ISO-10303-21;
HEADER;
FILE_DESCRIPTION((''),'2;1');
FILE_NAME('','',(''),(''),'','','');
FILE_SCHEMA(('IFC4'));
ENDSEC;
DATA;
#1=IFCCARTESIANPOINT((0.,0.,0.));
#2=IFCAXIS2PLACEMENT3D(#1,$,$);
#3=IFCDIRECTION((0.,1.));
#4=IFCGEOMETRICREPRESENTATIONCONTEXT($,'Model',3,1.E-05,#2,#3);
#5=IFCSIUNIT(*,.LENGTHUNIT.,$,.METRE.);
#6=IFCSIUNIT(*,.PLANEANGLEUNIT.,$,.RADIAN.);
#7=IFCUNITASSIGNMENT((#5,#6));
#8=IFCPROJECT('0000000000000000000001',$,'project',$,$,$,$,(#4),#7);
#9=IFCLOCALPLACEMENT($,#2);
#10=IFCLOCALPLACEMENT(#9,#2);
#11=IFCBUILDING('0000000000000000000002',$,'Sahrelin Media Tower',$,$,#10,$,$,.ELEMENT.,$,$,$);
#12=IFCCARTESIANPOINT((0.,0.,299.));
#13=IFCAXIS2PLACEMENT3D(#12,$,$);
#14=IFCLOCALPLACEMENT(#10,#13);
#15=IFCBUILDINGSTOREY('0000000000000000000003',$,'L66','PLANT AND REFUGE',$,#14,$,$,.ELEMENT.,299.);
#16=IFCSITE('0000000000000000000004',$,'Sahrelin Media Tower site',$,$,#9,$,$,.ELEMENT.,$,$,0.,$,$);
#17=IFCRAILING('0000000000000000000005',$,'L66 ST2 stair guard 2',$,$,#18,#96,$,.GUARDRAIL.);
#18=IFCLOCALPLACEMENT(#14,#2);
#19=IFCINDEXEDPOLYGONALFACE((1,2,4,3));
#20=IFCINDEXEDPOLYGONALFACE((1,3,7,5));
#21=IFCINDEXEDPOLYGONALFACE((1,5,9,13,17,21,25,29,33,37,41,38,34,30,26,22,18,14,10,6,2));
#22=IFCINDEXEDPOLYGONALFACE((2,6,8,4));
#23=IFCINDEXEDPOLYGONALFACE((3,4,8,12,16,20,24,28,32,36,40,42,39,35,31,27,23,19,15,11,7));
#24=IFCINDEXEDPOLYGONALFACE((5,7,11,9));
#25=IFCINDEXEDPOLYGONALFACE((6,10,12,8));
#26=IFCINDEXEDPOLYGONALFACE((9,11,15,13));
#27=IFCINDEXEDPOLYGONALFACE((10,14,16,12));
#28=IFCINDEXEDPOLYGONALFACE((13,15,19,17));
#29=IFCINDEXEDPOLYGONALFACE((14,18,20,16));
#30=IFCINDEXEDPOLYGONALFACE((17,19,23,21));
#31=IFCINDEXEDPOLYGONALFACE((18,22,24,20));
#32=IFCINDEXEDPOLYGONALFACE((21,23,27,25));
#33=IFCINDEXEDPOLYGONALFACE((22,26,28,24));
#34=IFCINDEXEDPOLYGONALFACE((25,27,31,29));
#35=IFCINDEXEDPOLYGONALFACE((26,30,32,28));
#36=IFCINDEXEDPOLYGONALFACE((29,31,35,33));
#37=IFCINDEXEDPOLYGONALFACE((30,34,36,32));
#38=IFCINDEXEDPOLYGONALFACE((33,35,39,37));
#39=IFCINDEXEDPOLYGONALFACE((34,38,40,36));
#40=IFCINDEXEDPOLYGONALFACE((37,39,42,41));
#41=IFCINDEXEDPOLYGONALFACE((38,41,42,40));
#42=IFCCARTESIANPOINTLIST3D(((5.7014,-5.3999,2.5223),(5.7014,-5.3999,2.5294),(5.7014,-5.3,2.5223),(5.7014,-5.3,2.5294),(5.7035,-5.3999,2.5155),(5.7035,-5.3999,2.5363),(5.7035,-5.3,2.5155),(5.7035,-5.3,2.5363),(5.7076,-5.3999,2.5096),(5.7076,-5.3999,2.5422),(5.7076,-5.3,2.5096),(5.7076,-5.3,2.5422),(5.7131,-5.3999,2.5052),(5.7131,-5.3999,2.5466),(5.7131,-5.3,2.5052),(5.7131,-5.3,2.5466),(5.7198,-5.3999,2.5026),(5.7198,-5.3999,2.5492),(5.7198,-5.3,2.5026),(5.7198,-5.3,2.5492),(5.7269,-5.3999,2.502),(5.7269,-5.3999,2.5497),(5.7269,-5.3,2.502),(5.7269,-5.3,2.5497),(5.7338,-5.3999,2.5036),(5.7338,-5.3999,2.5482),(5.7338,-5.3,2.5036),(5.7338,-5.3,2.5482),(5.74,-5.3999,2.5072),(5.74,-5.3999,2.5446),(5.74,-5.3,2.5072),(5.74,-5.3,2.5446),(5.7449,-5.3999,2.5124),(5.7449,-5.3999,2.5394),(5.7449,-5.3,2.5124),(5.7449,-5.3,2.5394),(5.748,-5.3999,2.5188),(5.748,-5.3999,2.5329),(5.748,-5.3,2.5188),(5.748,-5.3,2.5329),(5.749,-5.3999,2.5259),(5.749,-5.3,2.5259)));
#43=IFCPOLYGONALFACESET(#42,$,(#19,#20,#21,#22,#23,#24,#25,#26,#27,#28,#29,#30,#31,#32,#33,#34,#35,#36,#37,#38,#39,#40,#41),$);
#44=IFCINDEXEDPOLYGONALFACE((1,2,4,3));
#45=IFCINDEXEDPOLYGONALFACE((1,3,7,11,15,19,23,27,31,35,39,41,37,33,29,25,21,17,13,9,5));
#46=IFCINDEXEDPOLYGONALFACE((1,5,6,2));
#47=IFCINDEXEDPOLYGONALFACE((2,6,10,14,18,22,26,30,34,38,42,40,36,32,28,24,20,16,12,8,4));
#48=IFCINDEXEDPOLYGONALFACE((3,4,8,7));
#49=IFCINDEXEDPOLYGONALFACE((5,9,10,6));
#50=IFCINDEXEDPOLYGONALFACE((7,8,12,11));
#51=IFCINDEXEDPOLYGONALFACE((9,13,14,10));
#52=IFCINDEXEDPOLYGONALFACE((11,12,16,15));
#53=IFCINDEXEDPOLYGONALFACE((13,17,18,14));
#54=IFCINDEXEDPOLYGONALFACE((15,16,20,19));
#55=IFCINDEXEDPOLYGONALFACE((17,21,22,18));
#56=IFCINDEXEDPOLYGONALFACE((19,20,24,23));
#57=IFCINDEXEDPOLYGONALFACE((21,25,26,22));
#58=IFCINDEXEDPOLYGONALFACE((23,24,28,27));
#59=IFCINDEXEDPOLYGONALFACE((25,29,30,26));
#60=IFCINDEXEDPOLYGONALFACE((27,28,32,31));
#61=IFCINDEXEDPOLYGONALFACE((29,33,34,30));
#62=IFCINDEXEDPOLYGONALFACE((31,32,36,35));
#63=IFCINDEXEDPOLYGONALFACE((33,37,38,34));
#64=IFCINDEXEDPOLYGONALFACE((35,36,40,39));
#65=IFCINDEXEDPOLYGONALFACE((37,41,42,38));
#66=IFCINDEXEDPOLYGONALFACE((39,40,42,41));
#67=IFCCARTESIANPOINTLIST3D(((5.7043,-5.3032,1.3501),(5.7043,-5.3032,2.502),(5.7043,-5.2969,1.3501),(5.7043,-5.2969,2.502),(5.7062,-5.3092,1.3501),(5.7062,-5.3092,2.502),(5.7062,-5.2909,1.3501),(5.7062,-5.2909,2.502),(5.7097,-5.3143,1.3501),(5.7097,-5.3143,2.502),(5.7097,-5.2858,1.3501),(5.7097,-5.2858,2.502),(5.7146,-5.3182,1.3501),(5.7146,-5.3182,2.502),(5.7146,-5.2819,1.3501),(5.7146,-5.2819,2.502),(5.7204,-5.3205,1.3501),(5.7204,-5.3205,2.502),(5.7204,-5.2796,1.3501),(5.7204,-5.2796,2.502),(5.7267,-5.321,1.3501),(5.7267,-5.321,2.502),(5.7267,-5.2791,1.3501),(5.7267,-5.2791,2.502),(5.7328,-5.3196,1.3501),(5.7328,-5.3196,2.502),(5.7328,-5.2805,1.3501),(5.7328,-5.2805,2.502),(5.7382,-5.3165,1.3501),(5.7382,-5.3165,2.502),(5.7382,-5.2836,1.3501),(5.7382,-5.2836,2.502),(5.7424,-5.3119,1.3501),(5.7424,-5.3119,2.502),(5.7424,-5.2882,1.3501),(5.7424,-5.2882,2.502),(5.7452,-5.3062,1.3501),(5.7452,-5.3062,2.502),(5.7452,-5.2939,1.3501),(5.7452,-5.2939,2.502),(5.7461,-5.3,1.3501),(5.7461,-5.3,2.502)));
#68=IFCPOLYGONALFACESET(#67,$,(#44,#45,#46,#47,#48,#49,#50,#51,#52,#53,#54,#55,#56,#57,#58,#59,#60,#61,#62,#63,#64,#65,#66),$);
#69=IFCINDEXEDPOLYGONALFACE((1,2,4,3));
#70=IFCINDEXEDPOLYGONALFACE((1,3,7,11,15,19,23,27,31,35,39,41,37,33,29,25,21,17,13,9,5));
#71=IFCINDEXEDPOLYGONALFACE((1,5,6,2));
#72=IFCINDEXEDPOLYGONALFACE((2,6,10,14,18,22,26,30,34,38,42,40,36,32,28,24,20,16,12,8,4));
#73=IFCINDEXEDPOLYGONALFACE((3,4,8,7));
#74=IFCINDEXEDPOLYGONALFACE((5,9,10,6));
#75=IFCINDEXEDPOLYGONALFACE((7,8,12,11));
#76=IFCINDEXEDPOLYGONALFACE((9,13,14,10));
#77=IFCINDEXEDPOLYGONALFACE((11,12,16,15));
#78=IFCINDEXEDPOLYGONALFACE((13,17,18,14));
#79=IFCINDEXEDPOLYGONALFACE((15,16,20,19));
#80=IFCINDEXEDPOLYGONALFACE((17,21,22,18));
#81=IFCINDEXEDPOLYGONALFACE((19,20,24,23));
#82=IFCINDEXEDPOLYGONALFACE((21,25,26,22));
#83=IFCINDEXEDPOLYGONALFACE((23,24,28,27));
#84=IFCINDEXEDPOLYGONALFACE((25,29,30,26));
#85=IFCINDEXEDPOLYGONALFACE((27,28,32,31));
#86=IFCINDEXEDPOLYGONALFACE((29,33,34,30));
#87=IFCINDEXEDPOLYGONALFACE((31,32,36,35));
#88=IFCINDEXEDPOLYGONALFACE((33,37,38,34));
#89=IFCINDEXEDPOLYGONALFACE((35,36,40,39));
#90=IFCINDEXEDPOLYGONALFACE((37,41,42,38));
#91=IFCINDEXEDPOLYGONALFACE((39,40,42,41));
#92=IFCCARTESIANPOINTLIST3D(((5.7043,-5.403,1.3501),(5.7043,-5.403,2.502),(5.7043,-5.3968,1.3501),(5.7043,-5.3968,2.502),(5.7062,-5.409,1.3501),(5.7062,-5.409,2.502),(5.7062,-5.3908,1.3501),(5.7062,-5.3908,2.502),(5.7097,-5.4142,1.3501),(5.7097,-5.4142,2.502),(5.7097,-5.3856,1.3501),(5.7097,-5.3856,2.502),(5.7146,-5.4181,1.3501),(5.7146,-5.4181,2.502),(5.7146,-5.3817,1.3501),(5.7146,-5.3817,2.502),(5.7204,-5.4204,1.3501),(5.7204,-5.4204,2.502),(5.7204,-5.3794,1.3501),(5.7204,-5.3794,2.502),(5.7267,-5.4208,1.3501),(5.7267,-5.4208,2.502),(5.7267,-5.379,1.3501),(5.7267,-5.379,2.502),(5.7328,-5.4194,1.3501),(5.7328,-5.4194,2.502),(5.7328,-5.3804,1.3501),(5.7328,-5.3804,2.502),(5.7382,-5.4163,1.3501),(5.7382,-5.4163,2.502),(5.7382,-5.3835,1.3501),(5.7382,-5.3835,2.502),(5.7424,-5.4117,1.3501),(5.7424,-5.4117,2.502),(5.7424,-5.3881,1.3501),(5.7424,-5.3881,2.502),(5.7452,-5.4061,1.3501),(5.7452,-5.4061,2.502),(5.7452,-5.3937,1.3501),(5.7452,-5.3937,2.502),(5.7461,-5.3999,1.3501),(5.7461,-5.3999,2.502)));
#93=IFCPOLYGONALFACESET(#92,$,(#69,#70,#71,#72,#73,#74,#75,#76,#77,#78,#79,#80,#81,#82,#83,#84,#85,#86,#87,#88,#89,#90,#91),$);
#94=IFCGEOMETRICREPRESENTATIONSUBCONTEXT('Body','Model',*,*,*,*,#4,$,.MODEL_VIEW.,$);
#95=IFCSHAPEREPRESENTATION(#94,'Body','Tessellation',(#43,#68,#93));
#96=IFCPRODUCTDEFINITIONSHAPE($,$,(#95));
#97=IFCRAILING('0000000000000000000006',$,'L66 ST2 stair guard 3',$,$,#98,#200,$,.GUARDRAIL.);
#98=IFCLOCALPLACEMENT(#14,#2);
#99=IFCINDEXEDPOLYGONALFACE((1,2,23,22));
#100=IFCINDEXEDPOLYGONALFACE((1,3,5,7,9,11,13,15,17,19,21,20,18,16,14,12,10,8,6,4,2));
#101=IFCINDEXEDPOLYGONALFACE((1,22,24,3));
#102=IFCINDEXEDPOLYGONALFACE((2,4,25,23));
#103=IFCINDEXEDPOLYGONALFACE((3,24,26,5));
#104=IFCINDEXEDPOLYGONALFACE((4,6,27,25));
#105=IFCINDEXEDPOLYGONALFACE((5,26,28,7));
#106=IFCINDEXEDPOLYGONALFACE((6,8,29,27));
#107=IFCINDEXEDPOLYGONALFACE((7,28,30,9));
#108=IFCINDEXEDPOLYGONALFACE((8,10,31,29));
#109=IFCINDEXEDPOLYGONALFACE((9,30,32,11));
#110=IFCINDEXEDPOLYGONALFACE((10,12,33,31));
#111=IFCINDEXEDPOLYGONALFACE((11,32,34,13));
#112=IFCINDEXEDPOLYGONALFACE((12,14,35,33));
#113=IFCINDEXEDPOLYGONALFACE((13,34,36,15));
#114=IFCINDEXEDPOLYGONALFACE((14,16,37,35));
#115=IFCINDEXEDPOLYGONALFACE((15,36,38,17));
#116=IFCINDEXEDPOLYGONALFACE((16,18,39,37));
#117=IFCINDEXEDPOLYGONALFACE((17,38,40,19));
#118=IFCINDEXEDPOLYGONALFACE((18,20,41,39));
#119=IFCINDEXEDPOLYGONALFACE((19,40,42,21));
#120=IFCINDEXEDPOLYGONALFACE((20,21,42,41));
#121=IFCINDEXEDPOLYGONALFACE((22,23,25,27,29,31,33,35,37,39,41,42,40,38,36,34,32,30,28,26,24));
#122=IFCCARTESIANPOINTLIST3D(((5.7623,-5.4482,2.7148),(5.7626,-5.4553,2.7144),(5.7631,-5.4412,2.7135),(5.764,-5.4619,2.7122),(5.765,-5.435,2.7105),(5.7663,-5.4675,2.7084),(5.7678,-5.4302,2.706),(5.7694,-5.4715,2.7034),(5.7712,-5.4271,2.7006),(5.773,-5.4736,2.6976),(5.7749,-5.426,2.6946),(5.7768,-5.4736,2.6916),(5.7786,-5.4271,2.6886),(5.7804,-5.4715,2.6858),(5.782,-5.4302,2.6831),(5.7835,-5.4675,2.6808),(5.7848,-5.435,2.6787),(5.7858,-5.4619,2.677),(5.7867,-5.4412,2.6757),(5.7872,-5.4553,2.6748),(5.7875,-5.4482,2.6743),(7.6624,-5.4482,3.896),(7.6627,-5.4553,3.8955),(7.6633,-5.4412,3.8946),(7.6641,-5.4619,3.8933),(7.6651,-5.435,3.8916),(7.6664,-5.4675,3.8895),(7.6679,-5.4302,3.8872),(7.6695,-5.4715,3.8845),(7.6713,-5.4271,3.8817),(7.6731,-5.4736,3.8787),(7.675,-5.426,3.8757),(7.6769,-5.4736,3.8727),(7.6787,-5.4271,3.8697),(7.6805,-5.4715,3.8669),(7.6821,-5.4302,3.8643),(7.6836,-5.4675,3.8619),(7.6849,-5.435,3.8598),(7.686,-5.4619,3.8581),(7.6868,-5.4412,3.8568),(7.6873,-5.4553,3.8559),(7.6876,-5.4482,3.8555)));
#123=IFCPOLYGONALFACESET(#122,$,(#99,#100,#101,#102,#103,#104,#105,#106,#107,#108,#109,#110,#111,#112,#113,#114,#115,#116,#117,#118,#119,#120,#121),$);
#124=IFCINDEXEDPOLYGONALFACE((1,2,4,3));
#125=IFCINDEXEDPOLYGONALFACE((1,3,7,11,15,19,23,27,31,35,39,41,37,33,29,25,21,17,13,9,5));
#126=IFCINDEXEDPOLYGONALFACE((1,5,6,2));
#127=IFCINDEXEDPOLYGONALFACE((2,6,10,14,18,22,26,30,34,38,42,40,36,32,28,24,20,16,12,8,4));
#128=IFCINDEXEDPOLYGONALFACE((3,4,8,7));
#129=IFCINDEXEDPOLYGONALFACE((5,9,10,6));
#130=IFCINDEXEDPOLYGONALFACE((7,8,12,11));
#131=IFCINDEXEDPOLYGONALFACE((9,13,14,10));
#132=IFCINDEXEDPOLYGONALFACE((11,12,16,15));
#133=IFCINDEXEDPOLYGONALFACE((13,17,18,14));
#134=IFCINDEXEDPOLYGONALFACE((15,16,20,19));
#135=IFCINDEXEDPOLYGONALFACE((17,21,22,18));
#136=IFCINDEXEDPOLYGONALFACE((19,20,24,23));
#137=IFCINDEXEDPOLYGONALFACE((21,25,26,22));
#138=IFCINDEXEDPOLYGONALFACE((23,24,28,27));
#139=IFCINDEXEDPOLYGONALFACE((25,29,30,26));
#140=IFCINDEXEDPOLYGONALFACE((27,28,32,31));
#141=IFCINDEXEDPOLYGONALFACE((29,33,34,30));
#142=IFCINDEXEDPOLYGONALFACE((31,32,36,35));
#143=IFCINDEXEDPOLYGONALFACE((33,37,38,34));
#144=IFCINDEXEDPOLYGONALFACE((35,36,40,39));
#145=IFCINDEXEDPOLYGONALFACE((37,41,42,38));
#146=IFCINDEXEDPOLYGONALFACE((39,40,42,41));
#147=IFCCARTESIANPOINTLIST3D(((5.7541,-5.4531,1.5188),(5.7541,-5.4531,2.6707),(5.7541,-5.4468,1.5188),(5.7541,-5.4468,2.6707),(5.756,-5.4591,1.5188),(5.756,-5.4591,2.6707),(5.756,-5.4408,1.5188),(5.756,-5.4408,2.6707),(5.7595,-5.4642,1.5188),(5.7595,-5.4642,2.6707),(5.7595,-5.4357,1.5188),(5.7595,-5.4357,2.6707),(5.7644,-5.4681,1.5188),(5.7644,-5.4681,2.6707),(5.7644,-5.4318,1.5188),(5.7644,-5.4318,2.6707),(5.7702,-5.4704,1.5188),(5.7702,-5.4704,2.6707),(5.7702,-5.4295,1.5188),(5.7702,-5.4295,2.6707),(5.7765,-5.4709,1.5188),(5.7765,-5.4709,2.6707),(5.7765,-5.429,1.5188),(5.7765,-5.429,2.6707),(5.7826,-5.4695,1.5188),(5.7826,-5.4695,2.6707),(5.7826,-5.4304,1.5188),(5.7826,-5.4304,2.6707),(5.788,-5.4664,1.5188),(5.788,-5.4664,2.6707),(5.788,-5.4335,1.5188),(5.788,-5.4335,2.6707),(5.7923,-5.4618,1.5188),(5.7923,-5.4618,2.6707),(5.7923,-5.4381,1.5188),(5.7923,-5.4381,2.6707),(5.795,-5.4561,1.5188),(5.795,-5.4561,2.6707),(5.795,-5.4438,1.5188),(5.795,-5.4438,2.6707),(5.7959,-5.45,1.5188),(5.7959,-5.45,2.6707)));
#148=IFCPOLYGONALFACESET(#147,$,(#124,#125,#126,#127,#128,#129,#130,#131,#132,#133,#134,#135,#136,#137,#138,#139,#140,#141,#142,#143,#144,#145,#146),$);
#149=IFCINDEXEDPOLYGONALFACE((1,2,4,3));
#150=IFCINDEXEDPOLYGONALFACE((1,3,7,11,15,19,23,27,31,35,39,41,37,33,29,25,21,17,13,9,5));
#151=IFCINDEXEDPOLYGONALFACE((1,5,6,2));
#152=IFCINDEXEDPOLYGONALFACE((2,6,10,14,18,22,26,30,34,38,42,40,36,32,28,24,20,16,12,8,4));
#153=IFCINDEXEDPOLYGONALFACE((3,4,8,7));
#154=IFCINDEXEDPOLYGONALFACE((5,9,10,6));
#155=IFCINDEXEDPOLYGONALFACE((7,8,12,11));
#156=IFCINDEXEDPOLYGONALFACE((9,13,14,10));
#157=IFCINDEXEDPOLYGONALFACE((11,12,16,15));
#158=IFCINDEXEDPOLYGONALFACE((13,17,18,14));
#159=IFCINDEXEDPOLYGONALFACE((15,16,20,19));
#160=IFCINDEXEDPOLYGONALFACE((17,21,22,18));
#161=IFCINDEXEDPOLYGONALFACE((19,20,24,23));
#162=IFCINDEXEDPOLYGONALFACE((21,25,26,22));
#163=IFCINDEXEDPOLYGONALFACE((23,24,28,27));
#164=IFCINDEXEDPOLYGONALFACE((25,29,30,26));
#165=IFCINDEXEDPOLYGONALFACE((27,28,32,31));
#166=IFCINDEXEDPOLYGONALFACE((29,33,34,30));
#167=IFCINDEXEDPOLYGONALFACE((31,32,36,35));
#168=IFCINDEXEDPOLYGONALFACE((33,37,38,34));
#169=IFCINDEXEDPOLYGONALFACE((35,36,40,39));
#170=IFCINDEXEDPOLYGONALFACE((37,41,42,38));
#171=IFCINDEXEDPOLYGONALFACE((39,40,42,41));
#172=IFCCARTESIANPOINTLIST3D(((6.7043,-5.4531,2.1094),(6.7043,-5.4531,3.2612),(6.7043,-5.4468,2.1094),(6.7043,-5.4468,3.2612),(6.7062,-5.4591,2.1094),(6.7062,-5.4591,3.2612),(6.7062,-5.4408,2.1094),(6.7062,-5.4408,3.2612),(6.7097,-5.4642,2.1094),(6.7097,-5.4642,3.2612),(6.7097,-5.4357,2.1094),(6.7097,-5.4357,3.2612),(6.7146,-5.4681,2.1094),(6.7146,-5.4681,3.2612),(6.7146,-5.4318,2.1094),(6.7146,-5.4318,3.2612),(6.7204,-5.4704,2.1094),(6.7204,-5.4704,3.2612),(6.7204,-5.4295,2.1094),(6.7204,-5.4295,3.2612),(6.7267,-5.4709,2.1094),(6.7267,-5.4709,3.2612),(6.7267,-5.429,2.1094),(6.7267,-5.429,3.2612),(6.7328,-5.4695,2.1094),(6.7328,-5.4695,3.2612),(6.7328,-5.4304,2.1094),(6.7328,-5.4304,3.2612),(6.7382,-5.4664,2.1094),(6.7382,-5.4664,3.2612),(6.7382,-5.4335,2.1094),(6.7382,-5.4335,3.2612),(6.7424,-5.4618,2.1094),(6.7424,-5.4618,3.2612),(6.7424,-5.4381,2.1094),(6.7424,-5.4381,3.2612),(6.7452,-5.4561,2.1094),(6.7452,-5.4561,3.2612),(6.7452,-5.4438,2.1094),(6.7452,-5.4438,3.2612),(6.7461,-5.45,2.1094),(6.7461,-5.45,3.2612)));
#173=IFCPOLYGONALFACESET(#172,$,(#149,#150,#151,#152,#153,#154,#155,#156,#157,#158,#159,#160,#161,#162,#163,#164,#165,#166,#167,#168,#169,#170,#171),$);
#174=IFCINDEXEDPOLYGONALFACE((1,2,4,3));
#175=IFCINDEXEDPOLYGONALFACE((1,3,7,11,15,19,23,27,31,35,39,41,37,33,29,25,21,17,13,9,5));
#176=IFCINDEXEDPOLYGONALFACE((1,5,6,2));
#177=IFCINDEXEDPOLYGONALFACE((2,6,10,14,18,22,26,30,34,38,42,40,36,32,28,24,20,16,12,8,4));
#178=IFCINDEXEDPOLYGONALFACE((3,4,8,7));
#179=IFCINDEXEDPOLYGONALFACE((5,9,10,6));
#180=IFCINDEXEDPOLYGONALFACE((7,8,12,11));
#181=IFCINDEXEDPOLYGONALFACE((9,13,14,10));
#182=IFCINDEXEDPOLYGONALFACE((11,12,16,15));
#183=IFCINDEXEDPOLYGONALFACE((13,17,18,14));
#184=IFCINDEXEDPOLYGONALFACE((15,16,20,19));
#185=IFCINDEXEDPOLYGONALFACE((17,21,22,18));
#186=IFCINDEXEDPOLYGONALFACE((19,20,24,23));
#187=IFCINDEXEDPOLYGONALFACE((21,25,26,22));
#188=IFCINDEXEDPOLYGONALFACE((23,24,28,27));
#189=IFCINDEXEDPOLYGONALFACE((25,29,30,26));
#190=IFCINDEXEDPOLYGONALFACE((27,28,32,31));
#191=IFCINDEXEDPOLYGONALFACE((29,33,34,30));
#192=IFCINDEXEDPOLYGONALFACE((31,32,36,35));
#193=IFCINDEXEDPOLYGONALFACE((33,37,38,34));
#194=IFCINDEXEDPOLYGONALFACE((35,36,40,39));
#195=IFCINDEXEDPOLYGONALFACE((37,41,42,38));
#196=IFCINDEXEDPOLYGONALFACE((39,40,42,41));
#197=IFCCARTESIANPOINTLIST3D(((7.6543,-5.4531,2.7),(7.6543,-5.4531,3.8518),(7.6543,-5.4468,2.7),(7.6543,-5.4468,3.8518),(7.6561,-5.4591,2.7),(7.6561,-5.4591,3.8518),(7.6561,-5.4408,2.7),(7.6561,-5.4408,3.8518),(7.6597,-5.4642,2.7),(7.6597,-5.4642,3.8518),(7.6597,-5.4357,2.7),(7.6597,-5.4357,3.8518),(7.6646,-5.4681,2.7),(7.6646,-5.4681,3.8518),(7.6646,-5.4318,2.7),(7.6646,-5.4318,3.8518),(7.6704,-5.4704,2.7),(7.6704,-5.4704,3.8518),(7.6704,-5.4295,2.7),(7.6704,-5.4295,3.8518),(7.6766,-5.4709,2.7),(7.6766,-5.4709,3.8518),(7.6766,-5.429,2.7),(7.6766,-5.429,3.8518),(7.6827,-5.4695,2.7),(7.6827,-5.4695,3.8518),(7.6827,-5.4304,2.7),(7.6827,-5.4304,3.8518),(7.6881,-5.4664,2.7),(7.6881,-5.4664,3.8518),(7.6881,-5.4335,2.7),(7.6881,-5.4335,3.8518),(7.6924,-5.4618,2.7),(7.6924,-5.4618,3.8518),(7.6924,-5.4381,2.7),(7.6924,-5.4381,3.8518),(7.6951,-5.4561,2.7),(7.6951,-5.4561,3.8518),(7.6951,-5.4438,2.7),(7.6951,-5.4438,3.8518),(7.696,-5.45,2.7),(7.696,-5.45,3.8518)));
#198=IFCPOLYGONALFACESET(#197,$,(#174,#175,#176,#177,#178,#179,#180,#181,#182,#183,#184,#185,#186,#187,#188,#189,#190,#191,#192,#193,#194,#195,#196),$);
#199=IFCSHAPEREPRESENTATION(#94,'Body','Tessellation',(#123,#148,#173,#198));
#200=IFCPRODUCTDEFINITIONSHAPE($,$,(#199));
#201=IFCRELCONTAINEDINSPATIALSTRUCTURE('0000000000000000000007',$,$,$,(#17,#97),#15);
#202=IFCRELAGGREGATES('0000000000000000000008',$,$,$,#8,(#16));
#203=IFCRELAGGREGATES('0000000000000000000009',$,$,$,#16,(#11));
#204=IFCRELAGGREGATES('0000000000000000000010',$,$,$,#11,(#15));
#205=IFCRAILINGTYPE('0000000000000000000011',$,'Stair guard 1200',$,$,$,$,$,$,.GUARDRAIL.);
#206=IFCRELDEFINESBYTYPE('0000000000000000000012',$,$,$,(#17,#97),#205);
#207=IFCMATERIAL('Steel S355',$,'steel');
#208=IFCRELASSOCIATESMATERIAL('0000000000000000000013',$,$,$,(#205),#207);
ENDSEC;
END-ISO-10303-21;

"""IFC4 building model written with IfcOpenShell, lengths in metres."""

from ifc_helpers import new_model, si_unit, direction, frame, origin, origin_2d, place, context, subcontext, project, spatial, circle, extrude, material, type_object, element, save


model = new_model("IFC4")

# Units and contexts
model_context = context("Model", 3, precision=1e-05, world=origin(), true_north=direction((0.0, 1.0)))
body_context = subcontext(model_context, "Body", "Model", "MODEL_VIEW")
ifc_project = project(units=[si_unit("LENGTHUNIT", "METRE"), si_unit("PLANEANGLEUNIT", "RADIAN")], contexts=[model_context])

# Site, building, storey
site_placement = place(None, origin())
site = spatial("IfcSite", under=ifc_project, at=site_placement, Name="Sahrelin Media Tower site", CompositionType="ELEMENT", RefElevation=0.0)
building_placement = place(site_placement, origin())
building = spatial("IfcBuilding", under=site, at=building_placement, Name="Sahrelin Media Tower", CompositionType="ELEMENT")
storey_placement = place(building_placement, frame((0.0, 0.0, 299.0)))
storey = spatial("IfcBuildingStorey", under=building, at=storey_placement, Name="L66", Description="PLANT AND REFUGE", CompositionType="ELEMENT", Elevation=299.0)

# Shared definitions
ifc_material_1 = material(Name="Steel S355", Category="steel")

# Railings
railing_type_1 = type_object("IfcRailingType", Name="Stair guard 1200", PredefinedType="GUARDRAIL", material=ifc_material_1)
railing_placement = place(storey_placement, frame((5.7251, -5.3, 1.3501)))
element("IfcRailing", 1, at=railing_placement, inside=storey, type_object=railing_type_1, Name="L66 ST2 stair guard 2", PredefinedType="GUARDRAIL", context=body_context, shape_type="SweptSolid", body=[
    extrude(circle(Radius=0.0239, at=origin_2d()), frame((0.0, 0.0, 1.1758), z_axis=(0.0, -1.0, 0.0), x_axis=(1.0, 0.0, 0.0)), (0.0, 0.0, 1.0), 0.0999),
    extrude(circle(Radius=0.021, at=origin_2d()), origin(), (0.0, 0.0, 1.0), 1.1519),
    extrude(circle(Radius=0.021, at=origin_2d()), frame((0.0, -0.0999, 0.0)), (0.0, 0.0, 1.0), 1.1519),
])
for number, where, name in (
    (2, (5.7749, -5.45, 1.5188), "L66 ST2 stair guard 3"),
):
    element("IfcRailing", number, at=place(storey_placement, frame(where)), inside=storey, type_object=railing_type_1, Name=name, PredefinedType="GUARDRAIL", context=body_context, shape_type="SweptSolid", body=[
        extrude(circle(Radius=0.0239, at=origin_2d()), frame((0.0, 0.0, 1.1758), z_axis=(0.849289, 0.0, 0.527928), x_axis=(0.0, 1.0, 0.0)), (0.0, 0.0, 1.0), 2.2373),
        extrude(circle(Radius=0.021, at=origin_2d()), origin(), (0.0, 0.0, 1.0), 1.1519),
        extrude(circle(Radius=0.021, at=origin_2d()), frame((0.9502, 0.0, 0.5906)), (0.0, 0.0, 1.0), 1.1519),
        extrude(circle(Radius=0.021, at=origin_2d()), frame((1.9001, 0.0, 1.1812)), (0.0, 0.0, 1.0), 1.1519),
    ])

save(model, "model.ifc")
